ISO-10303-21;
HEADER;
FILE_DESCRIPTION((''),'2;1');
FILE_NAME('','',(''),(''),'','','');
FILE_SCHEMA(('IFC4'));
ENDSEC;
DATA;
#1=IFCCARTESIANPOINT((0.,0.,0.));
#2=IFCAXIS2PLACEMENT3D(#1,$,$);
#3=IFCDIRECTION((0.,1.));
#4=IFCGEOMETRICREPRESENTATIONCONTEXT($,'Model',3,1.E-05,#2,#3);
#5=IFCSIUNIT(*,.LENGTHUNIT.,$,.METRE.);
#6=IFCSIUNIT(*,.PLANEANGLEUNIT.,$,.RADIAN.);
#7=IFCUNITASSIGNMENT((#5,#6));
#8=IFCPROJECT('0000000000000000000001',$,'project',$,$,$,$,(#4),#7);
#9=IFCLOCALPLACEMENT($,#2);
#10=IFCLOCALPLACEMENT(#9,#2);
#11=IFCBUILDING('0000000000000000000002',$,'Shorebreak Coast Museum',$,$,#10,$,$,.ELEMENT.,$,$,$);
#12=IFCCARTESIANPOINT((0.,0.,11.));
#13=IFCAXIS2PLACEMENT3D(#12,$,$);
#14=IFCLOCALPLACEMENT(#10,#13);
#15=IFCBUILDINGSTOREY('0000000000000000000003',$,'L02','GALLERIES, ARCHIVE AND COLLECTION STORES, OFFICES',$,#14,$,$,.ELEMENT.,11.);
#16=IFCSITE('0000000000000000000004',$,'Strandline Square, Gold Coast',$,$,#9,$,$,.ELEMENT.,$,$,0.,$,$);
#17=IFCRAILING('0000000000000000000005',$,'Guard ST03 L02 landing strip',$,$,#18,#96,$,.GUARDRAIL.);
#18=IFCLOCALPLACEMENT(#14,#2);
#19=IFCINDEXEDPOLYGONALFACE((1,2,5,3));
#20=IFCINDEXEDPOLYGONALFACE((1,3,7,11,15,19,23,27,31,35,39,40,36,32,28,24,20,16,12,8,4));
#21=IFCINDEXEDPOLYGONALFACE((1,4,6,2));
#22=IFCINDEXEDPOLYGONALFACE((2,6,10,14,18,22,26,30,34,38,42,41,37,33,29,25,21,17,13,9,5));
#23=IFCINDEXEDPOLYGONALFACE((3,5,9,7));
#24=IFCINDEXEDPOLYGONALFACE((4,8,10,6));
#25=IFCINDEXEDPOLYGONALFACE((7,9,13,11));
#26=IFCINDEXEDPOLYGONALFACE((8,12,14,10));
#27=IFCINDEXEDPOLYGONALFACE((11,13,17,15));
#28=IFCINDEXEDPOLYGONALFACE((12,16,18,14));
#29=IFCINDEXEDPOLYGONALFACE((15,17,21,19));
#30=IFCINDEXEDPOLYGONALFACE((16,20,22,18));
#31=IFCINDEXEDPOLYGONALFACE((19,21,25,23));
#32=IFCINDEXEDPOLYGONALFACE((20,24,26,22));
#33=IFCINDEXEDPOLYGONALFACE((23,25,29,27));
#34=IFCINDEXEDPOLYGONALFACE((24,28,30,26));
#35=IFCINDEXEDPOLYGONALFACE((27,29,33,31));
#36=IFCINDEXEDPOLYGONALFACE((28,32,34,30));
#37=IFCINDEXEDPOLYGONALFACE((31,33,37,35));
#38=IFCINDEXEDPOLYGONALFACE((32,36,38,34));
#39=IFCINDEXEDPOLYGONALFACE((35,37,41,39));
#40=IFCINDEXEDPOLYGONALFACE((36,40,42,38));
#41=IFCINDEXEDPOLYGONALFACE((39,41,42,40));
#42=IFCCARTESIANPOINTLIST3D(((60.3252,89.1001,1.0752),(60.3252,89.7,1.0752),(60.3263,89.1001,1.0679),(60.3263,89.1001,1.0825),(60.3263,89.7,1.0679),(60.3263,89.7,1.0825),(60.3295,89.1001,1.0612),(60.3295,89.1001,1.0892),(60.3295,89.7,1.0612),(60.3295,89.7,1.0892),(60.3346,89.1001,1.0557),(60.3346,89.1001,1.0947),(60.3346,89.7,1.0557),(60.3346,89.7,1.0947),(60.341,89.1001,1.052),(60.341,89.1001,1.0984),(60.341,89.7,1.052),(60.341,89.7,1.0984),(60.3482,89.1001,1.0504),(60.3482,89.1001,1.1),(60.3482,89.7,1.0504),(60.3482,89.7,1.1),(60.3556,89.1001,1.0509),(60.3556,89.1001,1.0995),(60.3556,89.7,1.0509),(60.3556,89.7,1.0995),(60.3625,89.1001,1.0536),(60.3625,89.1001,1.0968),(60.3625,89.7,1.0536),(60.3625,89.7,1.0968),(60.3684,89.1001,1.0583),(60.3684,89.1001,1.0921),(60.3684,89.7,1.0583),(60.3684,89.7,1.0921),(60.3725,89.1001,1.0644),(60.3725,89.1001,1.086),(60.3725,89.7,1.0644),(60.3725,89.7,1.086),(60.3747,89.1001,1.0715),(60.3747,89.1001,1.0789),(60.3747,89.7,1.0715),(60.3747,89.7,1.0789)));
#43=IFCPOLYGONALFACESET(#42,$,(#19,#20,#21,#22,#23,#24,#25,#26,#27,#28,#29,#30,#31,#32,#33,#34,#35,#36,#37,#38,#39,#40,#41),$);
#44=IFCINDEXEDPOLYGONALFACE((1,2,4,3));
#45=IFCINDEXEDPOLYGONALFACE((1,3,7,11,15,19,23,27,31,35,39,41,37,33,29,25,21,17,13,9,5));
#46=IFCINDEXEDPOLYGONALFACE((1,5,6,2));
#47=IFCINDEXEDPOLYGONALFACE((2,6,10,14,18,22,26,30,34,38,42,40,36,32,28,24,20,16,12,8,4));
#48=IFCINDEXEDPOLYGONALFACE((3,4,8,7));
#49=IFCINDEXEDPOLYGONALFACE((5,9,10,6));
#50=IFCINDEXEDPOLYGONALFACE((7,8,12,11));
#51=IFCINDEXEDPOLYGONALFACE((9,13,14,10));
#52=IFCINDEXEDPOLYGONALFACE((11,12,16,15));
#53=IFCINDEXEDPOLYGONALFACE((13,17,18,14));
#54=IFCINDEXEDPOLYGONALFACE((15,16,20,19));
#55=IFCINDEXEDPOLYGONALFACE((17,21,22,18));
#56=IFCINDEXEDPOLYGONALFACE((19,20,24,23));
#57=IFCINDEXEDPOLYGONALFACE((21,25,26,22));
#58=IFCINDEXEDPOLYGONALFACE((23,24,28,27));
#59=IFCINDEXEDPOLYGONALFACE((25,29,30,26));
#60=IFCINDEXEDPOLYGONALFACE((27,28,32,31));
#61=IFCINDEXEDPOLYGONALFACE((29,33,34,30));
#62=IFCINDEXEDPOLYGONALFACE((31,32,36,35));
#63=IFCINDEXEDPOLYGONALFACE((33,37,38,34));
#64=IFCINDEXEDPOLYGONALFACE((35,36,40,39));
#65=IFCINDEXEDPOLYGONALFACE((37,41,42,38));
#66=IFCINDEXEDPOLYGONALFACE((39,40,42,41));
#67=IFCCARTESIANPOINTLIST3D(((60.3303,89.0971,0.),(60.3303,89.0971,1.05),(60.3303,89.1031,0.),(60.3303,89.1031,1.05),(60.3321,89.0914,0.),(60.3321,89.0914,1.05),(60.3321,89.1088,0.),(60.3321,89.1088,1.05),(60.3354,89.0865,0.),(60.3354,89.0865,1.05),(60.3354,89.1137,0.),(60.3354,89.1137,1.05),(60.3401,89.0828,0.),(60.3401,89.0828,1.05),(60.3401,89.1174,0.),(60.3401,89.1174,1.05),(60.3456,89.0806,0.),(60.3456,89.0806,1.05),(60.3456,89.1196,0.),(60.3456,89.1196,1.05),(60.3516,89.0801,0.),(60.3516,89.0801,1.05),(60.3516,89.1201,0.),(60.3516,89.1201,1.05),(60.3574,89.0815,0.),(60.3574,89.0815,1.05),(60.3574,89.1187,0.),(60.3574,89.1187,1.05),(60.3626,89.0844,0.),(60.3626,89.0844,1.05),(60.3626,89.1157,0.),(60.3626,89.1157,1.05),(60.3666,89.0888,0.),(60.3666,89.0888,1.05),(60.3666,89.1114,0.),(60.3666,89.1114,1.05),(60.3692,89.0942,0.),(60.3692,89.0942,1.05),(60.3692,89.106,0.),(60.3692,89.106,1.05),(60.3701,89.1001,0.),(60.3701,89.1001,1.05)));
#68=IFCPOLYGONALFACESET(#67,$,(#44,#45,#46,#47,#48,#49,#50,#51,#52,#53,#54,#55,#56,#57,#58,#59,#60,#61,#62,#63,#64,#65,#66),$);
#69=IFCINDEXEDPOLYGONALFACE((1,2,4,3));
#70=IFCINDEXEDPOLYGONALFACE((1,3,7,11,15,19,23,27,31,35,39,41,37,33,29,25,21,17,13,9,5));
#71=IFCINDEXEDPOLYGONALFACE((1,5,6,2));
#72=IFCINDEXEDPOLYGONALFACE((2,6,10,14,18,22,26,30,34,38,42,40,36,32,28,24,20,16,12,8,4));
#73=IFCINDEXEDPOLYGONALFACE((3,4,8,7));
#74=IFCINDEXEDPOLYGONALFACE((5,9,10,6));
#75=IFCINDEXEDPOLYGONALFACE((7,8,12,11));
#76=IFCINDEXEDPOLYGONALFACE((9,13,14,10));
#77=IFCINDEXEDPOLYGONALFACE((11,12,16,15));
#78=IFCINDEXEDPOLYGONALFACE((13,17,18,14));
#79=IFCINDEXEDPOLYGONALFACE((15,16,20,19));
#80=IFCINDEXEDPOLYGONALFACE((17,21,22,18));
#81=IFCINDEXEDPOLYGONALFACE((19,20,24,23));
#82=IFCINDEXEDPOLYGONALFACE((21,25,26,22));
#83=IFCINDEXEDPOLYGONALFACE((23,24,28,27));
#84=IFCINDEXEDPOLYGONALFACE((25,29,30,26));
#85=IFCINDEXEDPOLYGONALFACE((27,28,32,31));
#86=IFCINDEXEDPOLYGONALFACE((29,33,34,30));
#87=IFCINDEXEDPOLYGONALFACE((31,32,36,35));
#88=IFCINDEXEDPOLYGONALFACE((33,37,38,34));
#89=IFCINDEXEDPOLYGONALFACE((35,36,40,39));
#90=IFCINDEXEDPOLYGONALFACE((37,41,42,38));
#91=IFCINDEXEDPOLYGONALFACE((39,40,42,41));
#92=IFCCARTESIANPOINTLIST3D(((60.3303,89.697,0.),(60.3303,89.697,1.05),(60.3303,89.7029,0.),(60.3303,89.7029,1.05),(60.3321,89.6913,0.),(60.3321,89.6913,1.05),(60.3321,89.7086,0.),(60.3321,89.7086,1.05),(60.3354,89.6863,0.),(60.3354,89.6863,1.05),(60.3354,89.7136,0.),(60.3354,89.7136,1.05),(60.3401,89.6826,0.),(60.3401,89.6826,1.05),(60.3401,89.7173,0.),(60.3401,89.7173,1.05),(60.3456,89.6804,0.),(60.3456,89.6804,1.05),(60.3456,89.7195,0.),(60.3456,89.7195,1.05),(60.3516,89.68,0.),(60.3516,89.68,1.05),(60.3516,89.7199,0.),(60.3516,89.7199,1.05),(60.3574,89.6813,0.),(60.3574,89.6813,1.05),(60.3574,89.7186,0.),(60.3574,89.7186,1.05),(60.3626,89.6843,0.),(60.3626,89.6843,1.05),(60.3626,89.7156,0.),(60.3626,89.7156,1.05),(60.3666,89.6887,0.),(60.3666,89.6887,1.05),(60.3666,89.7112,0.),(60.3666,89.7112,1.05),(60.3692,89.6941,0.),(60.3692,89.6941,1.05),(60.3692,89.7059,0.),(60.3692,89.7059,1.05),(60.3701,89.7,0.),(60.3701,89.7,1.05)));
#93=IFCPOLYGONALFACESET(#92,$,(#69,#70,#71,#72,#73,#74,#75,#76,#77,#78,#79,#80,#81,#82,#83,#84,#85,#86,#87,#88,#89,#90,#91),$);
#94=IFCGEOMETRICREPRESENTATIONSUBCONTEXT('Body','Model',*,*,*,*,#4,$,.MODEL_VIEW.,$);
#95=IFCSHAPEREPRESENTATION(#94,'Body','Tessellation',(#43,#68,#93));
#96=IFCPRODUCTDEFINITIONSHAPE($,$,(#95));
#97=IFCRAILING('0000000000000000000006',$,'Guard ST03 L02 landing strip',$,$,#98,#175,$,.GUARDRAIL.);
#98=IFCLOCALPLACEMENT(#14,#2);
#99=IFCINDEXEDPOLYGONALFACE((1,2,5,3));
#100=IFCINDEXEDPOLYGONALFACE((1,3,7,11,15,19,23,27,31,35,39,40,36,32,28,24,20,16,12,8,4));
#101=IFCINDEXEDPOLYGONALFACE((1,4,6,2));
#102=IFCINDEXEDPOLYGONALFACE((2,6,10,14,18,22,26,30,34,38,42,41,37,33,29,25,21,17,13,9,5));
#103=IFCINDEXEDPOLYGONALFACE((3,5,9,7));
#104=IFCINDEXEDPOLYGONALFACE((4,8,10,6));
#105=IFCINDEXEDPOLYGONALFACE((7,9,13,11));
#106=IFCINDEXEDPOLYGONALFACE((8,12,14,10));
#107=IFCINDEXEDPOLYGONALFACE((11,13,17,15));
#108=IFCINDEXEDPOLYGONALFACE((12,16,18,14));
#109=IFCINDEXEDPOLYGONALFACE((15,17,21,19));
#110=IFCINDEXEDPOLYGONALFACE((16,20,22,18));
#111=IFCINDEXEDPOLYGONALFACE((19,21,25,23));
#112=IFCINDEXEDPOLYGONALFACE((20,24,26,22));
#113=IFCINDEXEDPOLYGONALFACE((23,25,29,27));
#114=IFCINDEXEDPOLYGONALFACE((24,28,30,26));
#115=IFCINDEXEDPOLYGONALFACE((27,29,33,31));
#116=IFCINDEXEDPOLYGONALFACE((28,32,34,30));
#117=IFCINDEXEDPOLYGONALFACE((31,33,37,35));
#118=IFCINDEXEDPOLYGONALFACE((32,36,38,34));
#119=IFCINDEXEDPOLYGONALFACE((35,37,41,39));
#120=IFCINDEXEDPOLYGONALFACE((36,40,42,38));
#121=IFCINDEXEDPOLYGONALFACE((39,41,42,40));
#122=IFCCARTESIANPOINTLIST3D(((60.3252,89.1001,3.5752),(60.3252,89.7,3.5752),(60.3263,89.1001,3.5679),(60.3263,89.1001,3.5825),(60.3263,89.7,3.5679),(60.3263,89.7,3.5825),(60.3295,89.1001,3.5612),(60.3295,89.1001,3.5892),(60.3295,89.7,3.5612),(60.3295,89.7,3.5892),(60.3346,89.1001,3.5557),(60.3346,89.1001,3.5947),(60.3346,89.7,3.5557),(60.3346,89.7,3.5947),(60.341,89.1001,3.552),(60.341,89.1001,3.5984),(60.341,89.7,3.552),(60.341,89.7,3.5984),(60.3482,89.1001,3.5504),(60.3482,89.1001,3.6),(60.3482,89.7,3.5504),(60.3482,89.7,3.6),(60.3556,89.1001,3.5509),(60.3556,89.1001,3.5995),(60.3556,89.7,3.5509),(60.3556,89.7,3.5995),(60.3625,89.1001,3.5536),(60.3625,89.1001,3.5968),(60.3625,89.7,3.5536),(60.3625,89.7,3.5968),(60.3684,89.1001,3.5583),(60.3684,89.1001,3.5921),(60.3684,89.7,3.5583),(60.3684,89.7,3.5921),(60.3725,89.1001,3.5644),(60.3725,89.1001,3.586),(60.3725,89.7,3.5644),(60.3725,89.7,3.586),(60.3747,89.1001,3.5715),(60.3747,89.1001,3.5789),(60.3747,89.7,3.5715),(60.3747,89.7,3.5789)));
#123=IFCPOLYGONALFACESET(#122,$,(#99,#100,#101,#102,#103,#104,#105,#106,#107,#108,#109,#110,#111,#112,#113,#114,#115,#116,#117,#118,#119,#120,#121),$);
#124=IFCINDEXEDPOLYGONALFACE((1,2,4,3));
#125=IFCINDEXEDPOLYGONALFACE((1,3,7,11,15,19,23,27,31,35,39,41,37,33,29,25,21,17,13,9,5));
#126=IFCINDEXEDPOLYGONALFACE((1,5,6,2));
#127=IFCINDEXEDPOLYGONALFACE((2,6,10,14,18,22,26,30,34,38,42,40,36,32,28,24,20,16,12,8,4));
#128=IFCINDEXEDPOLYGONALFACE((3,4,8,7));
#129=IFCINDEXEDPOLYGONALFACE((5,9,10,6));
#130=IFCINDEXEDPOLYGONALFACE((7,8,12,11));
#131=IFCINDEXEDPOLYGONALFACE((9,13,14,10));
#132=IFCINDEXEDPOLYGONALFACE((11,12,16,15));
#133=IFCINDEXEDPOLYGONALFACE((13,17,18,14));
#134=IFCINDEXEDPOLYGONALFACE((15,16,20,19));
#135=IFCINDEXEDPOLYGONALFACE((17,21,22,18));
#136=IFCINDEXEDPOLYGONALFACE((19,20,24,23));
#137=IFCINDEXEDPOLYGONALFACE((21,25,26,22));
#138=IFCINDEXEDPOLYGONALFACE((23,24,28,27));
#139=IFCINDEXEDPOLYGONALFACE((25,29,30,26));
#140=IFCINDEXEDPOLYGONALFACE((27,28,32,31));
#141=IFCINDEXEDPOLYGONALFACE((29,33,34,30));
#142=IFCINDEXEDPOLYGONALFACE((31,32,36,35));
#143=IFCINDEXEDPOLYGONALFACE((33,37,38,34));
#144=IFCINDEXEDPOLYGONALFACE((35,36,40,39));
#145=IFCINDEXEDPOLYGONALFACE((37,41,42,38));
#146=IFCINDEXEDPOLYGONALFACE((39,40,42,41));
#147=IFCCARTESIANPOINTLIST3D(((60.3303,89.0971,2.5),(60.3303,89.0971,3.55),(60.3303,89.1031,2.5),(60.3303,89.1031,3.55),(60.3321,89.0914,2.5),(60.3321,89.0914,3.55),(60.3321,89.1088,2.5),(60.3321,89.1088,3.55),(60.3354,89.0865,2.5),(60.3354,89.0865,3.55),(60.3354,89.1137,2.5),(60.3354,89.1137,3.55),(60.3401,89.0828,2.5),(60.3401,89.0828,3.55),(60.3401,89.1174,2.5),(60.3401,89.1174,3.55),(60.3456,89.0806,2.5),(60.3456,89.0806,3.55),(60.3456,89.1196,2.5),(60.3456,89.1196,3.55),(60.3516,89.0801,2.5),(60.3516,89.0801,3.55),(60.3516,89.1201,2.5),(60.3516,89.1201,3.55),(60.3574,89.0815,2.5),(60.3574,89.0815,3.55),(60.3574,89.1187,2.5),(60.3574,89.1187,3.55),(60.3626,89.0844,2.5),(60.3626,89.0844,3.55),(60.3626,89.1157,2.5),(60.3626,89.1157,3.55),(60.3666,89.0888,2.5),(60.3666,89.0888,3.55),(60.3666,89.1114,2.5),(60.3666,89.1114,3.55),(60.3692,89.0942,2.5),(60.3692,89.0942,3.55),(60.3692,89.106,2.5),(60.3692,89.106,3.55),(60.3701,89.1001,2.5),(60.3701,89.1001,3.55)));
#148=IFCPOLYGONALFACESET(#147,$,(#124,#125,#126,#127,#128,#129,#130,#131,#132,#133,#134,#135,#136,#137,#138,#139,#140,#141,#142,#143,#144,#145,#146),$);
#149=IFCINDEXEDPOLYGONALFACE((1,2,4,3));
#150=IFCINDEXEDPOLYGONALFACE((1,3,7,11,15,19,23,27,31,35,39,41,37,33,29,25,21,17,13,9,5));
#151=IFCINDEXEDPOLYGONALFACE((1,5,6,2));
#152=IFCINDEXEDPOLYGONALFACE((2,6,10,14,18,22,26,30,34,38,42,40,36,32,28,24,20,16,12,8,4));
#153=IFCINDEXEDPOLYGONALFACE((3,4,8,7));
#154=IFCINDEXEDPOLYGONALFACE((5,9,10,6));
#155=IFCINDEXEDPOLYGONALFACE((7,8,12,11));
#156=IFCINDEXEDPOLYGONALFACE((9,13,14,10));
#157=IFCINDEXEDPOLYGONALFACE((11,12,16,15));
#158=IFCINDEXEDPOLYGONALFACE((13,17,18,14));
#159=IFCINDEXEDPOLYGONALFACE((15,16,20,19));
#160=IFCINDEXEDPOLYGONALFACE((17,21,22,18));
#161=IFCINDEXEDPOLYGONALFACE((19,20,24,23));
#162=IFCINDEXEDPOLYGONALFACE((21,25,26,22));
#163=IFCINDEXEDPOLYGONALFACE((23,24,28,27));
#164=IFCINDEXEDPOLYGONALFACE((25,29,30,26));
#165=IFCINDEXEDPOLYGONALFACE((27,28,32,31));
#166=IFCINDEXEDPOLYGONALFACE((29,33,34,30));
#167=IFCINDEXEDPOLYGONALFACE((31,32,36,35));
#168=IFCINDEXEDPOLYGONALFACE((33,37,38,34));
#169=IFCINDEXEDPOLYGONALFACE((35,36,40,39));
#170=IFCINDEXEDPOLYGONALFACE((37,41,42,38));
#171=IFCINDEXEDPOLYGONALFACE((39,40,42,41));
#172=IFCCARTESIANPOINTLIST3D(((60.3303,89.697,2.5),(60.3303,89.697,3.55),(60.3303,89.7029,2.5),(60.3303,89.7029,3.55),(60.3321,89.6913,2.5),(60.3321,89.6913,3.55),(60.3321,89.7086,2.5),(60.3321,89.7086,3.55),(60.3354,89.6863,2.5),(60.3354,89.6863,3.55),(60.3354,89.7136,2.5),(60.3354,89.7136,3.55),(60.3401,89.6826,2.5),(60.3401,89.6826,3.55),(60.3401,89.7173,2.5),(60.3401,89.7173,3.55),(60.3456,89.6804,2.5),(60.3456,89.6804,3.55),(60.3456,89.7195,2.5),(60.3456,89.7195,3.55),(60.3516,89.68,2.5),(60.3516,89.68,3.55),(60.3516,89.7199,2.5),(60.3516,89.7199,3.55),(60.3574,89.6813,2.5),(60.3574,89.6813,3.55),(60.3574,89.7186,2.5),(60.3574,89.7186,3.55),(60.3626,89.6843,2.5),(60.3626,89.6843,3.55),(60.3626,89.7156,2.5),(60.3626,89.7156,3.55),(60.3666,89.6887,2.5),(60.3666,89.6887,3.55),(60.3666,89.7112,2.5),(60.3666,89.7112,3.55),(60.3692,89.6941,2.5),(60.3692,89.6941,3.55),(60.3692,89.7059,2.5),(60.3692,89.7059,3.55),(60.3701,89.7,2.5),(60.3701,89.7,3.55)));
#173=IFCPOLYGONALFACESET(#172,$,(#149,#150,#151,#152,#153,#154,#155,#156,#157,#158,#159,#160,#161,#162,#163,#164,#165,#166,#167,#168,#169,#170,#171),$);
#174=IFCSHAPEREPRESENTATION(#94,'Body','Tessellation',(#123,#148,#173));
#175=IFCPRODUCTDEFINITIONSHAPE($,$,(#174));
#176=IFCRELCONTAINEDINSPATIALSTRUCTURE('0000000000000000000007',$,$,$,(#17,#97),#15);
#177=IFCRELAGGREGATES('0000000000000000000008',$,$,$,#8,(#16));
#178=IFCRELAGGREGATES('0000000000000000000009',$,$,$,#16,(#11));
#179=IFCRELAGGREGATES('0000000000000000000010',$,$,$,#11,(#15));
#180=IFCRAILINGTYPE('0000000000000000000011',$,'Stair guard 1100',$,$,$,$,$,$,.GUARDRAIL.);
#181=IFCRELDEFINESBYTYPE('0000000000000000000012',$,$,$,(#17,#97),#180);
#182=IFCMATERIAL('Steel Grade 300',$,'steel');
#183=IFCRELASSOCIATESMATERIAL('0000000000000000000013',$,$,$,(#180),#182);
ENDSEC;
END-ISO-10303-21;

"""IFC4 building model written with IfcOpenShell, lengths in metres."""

from ifc_helpers import new_model, si_unit, direction, frame, origin, origin_2d, place, context, subcontext, project, spatial, circle, extrude, material, type_object, element, save


model = new_model("IFC4")

# Units and contexts
model_context = context("Model", 3, precision=1e-05, world=origin(), true_north=direction((0.0, 1.0)))
body_context = subcontext(model_context, "Body", "Model", "MODEL_VIEW")
ifc_project = project(units=[si_unit("LENGTHUNIT", "METRE"), si_unit("PLANEANGLEUNIT", "RADIAN")], contexts=[model_context])

# Site, building, storey
site_placement = place(None, origin())
site = spatial("IfcSite", under=ifc_project, at=site_placement, Name="Strandline Square, Gold Coast", CompositionType="ELEMENT", RefElevation=0.0)
building_placement = place(site_placement, origin())
building = spatial("IfcBuilding", under=site, at=building_placement, Name="Shorebreak Coast Museum", CompositionType="ELEMENT")
storey_placement = place(building_placement, frame((0.0, 0.0, 11.0)))
storey = spatial("IfcBuildingStorey", under=building, at=storey_placement, Name="L02", Description="GALLERIES, ARCHIVE AND COLLECTION STORES, OFFICES", CompositionType="ELEMENT", Elevation=11.0)

# Railings
ifc_material_1 = material(Name="Steel Grade 300", Category="steel")
railing_type_1 = type_object("IfcRailingType", Name="Stair guard 1100", PredefinedType="GUARDRAIL", material=ifc_material_1)
for number, where, name in (
    (1, (60.3501, 89.1001, 0.0), "Guard ST03 L02 landing strip"),
    (2, (60.3501, 89.1001, 2.5), "Guard ST03 L02 landing strip"),
):
    element("IfcRailing", number, at=place(storey_placement, frame(where)), inside=storey, type_object=railing_type_1, Name=name, PredefinedType="GUARDRAIL", context=body_context, shape_type="SweptSolid", body=[
        extrude(circle(Radius=0.0249, at=origin_2d()), frame((0.0, 0.0, 1.0752), z_axis=(0.0, 1.0, 0.0), x_axis=(-1.0, 0.0, 0.0)), (0.0, 0.0, 1.0), 0.5999),
        extrude(circle(Radius=0.02, at=origin_2d()), origin(), (0.0, 0.0, 1.0), 1.05),
        extrude(circle(Radius=0.02, at=origin_2d()), frame((0.0, 0.5999, 0.0)), (0.0, 0.0, 1.0), 1.05),
    ])

save(model, "model.ifc")
